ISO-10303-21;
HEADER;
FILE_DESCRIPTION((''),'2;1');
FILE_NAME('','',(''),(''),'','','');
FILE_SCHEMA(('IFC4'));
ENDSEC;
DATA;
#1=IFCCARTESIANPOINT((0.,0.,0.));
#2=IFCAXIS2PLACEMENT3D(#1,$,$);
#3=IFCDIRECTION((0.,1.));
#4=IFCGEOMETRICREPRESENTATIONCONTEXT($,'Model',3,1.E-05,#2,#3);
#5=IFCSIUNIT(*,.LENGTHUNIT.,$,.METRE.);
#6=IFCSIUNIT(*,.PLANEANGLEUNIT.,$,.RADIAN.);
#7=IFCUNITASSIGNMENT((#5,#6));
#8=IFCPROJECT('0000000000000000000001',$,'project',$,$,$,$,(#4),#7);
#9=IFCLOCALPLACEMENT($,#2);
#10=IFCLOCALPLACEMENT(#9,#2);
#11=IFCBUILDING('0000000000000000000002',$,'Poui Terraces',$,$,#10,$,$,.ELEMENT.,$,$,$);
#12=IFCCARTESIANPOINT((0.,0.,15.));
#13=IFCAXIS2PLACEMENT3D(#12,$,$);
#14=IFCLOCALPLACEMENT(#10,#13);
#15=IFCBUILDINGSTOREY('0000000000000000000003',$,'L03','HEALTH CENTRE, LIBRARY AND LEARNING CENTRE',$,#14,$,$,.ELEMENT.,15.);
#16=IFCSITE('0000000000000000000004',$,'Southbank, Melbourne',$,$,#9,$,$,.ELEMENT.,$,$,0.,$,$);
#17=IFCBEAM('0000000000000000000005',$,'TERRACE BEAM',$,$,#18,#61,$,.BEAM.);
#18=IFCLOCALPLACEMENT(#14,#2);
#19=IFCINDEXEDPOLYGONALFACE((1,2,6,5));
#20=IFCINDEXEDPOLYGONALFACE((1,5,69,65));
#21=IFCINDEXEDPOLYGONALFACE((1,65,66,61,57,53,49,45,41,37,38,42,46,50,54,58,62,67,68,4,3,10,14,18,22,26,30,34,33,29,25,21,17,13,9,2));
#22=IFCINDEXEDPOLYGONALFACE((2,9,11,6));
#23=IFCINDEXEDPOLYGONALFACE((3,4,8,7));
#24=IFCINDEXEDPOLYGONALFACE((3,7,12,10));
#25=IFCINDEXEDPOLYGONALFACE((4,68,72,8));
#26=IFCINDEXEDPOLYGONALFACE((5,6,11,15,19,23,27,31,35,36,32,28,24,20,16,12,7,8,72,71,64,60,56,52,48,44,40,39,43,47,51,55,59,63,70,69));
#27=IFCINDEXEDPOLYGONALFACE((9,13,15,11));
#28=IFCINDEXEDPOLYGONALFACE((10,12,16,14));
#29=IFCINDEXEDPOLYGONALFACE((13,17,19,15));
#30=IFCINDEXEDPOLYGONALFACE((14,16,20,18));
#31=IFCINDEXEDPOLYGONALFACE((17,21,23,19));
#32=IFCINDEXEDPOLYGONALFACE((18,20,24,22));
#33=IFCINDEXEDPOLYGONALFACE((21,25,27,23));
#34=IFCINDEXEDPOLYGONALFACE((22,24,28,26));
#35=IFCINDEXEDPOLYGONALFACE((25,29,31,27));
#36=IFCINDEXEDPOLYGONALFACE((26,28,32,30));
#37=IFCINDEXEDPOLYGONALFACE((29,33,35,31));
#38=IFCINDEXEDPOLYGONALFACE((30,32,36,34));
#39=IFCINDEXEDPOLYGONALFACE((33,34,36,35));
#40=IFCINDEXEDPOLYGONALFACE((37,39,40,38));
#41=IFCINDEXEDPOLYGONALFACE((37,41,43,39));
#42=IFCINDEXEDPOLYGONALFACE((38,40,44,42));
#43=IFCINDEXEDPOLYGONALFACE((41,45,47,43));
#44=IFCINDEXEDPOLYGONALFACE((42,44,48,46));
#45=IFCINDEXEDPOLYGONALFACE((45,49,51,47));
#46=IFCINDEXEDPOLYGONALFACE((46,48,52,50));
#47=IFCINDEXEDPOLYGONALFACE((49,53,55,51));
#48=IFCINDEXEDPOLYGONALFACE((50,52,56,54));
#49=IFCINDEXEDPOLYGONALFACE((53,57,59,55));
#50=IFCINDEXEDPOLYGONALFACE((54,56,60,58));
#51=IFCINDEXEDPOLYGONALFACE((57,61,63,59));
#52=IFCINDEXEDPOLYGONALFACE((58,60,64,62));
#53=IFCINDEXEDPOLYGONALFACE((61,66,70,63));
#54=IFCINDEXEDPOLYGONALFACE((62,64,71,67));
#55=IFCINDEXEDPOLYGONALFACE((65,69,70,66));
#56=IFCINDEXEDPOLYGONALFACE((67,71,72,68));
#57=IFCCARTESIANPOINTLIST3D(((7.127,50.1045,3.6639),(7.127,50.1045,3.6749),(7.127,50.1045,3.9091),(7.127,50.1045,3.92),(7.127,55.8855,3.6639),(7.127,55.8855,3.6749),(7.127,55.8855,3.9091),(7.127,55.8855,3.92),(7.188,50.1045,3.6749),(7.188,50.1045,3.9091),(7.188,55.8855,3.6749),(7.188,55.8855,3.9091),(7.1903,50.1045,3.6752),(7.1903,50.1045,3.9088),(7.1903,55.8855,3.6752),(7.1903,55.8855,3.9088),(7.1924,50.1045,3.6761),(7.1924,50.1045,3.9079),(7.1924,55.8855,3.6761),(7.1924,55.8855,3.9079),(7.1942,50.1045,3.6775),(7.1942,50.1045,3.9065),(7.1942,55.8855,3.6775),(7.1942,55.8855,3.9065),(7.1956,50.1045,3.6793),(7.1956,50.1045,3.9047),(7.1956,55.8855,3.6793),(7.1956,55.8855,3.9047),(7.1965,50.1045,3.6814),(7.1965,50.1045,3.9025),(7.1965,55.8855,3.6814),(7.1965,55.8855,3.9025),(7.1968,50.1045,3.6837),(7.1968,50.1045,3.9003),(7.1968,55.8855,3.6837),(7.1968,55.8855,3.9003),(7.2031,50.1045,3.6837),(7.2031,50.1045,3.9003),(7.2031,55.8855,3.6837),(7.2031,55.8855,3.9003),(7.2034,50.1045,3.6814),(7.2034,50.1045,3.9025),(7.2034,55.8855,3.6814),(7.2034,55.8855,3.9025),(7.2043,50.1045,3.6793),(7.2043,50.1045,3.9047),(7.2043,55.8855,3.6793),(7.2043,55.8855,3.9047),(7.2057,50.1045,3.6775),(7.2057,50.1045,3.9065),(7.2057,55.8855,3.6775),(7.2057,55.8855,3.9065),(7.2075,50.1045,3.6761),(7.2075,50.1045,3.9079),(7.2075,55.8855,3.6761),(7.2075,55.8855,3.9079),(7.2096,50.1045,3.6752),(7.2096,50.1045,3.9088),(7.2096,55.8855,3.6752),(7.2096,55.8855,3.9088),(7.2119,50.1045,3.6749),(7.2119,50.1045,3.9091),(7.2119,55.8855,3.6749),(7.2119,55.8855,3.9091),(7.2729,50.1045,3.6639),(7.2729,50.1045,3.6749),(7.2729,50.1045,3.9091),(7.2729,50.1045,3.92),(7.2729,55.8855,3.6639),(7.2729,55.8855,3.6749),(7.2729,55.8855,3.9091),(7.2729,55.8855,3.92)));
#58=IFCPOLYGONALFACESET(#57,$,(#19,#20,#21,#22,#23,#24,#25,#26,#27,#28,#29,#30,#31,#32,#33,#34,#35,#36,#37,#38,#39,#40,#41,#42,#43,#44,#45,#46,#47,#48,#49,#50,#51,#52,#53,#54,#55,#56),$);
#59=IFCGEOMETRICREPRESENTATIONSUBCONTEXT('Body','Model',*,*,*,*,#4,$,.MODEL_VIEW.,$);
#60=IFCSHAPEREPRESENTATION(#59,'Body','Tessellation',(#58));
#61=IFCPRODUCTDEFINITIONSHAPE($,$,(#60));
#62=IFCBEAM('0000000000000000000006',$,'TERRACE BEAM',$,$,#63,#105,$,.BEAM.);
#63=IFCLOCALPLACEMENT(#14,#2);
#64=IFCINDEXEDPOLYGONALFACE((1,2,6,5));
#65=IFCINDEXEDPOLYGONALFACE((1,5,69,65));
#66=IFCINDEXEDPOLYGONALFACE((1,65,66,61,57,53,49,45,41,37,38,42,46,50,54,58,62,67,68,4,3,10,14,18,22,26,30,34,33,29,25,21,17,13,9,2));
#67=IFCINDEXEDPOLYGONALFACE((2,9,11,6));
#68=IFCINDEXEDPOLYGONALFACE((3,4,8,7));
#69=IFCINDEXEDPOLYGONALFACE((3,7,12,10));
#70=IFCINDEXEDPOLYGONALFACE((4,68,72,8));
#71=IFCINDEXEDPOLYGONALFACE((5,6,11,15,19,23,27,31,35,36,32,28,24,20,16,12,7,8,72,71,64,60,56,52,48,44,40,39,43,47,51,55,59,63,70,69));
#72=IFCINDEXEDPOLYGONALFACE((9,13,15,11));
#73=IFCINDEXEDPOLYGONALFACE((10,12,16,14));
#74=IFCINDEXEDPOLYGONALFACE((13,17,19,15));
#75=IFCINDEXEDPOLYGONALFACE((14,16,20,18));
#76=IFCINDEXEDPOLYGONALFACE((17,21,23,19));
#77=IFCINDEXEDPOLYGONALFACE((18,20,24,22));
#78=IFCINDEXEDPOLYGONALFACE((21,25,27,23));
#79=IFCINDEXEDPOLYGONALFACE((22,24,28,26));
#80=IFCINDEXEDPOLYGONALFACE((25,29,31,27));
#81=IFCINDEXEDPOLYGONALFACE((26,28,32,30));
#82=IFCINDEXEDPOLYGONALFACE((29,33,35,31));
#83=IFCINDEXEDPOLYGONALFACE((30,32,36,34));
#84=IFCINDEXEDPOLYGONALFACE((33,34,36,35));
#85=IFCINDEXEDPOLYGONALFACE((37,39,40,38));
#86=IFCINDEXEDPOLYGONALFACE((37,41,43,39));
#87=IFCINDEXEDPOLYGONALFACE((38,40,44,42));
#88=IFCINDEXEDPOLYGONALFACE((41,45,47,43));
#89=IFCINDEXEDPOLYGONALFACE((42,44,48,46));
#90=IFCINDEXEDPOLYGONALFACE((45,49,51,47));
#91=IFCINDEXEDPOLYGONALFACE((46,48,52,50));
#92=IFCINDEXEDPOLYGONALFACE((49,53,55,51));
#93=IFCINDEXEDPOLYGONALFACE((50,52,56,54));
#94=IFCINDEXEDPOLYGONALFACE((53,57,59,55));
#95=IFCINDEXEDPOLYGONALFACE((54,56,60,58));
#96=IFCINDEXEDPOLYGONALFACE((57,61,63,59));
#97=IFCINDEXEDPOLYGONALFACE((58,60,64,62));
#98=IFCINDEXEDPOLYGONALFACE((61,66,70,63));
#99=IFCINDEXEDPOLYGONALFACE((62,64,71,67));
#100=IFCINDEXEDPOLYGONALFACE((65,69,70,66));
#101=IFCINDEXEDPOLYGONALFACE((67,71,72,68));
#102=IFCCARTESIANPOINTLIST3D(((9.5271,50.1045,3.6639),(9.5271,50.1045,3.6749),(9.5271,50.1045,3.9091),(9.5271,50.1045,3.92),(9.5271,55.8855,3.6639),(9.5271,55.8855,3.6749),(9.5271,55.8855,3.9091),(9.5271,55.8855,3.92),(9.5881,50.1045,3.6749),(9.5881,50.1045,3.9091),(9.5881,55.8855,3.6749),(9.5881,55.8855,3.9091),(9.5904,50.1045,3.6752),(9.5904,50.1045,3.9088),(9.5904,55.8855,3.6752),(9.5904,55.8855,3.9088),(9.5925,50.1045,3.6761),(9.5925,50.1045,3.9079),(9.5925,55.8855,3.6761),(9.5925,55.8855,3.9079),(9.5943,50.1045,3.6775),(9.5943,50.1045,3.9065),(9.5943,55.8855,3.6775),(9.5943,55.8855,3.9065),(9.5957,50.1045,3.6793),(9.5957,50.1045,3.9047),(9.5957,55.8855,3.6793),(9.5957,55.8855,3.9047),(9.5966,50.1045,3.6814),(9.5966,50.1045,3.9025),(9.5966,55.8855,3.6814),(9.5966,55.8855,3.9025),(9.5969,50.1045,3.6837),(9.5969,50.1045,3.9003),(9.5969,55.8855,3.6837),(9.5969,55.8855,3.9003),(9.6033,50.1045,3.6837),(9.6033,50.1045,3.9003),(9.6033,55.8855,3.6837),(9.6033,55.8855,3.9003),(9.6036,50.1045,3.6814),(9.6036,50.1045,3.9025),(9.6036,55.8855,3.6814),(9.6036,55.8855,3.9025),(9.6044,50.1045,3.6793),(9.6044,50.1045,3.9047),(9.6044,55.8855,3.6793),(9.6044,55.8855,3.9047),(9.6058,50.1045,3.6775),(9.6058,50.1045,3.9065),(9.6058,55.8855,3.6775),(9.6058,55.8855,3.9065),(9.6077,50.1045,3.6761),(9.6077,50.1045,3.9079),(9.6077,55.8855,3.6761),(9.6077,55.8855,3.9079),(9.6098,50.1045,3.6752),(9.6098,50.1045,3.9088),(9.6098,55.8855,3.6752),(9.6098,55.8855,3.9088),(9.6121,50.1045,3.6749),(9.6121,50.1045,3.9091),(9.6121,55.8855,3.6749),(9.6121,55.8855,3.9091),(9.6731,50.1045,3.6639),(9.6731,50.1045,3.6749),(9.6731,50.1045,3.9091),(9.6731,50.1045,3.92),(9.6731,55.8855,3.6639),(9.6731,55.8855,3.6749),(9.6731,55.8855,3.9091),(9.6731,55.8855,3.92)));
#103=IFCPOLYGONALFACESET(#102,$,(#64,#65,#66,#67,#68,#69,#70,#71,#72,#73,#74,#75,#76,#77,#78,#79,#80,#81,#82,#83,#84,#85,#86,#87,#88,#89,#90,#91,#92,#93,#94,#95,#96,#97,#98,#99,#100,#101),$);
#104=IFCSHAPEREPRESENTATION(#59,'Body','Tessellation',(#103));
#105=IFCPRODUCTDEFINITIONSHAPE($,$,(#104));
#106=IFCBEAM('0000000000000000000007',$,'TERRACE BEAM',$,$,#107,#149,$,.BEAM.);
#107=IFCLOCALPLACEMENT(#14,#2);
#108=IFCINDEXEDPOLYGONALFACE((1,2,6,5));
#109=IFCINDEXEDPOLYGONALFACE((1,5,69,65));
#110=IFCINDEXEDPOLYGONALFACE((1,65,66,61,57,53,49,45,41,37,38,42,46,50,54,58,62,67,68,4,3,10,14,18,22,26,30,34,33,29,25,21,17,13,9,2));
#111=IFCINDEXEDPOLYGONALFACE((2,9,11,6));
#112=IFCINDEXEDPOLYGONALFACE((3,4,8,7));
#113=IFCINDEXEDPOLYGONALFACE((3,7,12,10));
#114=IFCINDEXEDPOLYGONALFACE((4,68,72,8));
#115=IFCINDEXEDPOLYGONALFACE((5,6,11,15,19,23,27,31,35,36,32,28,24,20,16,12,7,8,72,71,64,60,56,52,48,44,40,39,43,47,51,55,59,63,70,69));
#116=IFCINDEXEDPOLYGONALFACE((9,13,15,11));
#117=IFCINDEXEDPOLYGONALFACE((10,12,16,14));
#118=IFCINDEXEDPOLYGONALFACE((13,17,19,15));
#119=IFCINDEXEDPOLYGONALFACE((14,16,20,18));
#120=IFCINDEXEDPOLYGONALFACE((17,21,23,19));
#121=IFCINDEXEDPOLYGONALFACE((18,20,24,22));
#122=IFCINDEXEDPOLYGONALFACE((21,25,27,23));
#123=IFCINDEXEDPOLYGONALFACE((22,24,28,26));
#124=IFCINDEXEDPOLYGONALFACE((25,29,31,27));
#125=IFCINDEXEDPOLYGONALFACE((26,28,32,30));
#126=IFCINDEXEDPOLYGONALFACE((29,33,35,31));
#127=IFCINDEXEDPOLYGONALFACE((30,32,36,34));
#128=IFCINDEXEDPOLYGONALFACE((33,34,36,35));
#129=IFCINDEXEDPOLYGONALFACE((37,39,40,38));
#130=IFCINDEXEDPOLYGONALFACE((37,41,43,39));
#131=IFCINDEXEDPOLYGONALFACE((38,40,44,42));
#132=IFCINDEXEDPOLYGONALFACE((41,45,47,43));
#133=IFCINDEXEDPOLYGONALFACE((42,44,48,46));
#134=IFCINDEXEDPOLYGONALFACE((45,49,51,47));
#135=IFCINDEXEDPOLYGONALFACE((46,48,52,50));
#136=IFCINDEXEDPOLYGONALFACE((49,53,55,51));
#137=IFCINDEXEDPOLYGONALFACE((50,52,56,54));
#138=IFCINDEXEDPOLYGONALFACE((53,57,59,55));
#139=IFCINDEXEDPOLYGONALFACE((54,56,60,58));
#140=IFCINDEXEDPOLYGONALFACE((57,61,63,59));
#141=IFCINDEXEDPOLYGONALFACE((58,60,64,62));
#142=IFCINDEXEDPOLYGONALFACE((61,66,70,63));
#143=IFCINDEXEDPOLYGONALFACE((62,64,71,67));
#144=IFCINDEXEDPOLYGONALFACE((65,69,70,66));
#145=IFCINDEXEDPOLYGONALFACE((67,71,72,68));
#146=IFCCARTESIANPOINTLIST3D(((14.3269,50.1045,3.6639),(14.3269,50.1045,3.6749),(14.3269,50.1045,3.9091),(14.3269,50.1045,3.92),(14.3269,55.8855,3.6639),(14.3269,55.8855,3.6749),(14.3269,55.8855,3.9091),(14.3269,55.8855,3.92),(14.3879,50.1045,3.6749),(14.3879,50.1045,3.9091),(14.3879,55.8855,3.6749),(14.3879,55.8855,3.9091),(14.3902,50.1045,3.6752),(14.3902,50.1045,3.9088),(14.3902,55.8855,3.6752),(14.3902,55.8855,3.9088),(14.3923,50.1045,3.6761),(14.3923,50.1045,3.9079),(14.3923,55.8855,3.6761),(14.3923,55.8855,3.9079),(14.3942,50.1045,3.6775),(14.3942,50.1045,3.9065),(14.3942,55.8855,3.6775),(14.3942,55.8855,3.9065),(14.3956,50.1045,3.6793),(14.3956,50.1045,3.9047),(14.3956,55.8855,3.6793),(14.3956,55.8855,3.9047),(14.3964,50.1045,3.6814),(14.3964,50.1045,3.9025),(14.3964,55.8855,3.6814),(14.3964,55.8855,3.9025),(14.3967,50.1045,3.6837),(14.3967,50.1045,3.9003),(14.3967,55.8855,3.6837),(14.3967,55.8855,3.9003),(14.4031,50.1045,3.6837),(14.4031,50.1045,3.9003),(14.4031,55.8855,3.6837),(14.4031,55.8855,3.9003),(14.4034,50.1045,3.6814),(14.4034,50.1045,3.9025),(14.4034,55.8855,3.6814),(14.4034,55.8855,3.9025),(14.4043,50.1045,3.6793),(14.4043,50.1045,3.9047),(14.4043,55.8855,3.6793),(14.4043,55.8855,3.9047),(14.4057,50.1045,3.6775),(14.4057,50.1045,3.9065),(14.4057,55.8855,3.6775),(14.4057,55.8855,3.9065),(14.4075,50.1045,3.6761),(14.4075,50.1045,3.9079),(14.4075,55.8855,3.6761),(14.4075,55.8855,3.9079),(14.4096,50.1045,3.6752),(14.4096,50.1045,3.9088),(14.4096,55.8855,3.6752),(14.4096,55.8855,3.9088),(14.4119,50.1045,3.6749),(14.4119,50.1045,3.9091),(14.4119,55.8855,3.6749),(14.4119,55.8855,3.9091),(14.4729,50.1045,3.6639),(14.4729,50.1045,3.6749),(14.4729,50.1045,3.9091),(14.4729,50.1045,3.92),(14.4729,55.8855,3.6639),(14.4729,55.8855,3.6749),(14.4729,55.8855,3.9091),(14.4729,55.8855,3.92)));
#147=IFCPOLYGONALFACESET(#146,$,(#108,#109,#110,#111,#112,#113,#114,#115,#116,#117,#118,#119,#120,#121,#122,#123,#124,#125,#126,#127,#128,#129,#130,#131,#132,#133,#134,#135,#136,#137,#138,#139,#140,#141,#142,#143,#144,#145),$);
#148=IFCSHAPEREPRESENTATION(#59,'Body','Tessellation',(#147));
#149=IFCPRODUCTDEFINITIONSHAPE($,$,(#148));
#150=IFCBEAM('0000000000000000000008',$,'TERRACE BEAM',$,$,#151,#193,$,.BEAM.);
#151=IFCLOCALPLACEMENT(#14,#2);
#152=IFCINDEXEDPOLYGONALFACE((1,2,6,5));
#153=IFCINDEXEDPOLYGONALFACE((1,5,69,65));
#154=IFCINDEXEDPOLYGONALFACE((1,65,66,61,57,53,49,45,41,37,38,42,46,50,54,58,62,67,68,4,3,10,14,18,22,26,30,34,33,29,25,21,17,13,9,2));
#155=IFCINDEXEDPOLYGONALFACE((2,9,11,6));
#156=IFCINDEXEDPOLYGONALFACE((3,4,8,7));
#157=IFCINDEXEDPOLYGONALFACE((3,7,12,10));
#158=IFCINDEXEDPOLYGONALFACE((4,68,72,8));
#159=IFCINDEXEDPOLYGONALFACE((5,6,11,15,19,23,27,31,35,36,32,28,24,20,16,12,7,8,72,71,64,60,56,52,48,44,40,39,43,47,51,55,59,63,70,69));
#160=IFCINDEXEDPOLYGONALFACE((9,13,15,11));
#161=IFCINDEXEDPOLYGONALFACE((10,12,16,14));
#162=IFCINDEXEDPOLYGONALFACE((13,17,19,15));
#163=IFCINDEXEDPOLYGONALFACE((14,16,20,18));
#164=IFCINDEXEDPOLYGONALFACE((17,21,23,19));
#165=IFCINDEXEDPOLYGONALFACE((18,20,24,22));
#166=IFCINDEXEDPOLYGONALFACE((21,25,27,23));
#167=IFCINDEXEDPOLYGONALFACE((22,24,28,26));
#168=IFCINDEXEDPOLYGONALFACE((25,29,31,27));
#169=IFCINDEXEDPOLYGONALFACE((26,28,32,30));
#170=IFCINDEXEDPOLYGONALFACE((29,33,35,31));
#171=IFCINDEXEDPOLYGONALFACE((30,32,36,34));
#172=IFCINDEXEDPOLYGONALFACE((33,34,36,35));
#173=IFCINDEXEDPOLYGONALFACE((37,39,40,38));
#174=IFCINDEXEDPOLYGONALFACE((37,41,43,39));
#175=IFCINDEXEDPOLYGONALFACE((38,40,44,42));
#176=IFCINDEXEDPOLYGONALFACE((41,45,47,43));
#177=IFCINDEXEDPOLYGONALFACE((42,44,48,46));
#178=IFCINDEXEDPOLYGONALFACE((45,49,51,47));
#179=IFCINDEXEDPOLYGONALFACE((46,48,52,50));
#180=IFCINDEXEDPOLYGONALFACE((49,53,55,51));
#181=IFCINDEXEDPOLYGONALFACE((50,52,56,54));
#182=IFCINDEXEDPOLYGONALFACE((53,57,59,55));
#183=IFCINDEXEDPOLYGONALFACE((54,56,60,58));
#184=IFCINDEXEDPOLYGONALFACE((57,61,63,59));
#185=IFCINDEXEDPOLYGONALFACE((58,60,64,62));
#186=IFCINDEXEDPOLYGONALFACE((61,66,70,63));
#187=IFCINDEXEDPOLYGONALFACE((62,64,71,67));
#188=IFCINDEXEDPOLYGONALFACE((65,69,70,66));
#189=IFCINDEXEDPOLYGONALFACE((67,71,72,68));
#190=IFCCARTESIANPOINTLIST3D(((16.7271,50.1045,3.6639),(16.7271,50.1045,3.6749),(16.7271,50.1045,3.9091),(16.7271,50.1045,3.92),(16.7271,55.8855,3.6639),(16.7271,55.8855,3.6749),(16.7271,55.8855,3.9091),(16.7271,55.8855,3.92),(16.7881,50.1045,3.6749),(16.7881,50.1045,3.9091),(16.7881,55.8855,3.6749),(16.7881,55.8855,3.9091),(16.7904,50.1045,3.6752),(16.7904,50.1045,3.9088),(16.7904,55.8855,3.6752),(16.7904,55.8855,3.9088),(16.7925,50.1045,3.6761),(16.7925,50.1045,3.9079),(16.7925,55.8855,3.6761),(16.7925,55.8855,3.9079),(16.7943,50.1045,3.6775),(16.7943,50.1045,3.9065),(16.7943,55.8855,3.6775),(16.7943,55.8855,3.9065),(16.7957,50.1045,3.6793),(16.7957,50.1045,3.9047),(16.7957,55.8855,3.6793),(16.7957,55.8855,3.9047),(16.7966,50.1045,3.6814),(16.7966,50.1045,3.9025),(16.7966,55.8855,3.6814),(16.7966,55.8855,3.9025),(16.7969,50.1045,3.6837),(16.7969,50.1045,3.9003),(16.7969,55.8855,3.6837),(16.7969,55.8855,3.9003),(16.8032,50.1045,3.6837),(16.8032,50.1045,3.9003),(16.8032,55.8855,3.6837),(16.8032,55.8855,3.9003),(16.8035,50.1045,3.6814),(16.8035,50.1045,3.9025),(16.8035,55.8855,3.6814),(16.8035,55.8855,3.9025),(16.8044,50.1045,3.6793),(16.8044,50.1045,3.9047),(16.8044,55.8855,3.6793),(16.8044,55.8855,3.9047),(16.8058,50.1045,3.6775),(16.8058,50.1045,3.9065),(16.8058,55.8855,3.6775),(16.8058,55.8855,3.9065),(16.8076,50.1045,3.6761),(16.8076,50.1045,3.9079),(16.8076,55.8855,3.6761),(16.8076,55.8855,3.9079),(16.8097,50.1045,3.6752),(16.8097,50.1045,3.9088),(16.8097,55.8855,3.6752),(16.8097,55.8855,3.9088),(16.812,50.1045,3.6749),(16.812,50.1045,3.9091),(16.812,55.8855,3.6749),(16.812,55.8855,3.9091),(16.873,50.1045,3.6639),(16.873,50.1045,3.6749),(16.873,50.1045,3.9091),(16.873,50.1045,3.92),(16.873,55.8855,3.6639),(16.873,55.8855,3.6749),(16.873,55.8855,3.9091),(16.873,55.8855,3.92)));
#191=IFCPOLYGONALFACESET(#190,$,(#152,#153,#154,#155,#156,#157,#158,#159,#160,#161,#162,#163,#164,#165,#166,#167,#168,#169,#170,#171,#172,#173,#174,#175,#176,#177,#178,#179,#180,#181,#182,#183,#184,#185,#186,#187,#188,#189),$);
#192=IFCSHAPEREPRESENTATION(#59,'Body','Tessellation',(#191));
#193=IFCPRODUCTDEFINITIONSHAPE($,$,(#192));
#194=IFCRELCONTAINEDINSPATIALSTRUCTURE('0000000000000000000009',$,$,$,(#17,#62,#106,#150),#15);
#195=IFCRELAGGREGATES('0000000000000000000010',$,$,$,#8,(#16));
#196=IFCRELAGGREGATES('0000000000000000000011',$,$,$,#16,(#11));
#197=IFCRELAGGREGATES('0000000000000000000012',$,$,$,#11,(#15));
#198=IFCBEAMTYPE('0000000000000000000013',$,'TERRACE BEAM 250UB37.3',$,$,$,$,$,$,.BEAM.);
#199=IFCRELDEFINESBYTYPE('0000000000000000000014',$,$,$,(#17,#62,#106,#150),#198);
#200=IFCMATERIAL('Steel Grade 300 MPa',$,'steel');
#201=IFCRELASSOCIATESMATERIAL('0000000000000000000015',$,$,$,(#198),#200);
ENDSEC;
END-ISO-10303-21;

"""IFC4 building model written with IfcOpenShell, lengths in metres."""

from ifc_helpers import new_model, si_unit, direction, frame, origin, origin_2d, place, context, subcontext, project, spatial, i_section, extrude, source, transform, mapped, material, material_profile, profile_set, type_object, element, save


model = new_model("IFC4")

# Units and contexts
model_context = context("Model", 3, precision=1e-05, world=origin(), true_north=direction((0.0, 1.0)))
body_context = subcontext(model_context, "Body", "Model", "MODEL_VIEW")
ifc_project = project(units=[si_unit("LENGTHUNIT", "METRE"), si_unit("PLANEANGLEUNIT", "RADIAN")], contexts=[model_context])

# Site, building, storey
site_placement = place(None, origin())
site = spatial("IfcSite", under=ifc_project, at=site_placement, Name="Southbank, Melbourne", CompositionType="ELEMENT", RefElevation=0.0)
building_placement = place(site_placement, origin())
building = spatial("IfcBuilding", under=site, at=building_placement, Name="Poui Terraces", CompositionType="ELEMENT")
storey_placement = place(building_placement, frame((0.0, 0.0, 15.0)))
storey = spatial("IfcBuildingStorey", under=building, at=storey_placement, Name="L03", Description="HEALTH CENTRE, LIBRARY AND LEARNING CENTRE", CompositionType="ELEMENT", Elevation=15.0)

# Beams
ifc_material_1 = material(Name="Steel Grade 300 MPa", Category="steel")
ifc_material_profile_1 = material_profile(ifc_material_1, i_section(OverallWidth=0.146, OverallDepth=0.2561, WebThickness=0.0063, FlangeThickness=0.011, FilletRadius=0.0088, at=origin_2d()), Name="250UB37.3")
ifc_profile_set_1 = profile_set([ifc_material_profile_1], Name="Steel Grade 300 MPa")
beam_type_1 = type_object("IfcBeamType", Name="TERRACE BEAM 250UB37.3", PredefinedType="BEAM", material=ifc_profile_set_1)
shared_shape_1 = source(origin(), body_context, "Body", "SweptSolid", [
    extrude(i_section(OverallWidth=0.146, OverallDepth=0.2561, WebThickness=0.0063, FlangeThickness=0.011, FilletRadius=0.0088, at=origin_2d()), origin(), (0.0, 0.0, 1.0), 5.781),
])
for number, where, z_axis, x_axis, name in (
    (1, (7.2, 50.1045, 3.792), (0.0, 1.0, 0.0), (-1.0, 0.0, 0.0), "TERRACE BEAM"),
    (2, (9.6001, 50.1045, 3.792), (0.0, 1.0, 0.0), (-1.0, 0.0, 0.0), "TERRACE BEAM"),
    (3, (14.3999, 50.1045, 3.792), (0.0, 1.0, 0.0), (-1.0, 0.0, 0.0), "TERRACE BEAM"),
    (4, (16.8, 50.1045, 3.792), (0.0, 1.0, 0.0), (-1.0, 0.0, 0.0), "TERRACE BEAM"),
):
    element("IfcBeam", number, at=place(storey_placement, frame(where, z_axis=z_axis, x_axis=x_axis)), inside=storey, type_object=beam_type_1, Name=name, PredefinedType="BEAM", context=body_context, shape_type="MappedRepresentation", body=[
        mapped(shared_shape_1, transform((0.0, 0.0, 0.0))),
    ])

save(model, "model.ifc")
